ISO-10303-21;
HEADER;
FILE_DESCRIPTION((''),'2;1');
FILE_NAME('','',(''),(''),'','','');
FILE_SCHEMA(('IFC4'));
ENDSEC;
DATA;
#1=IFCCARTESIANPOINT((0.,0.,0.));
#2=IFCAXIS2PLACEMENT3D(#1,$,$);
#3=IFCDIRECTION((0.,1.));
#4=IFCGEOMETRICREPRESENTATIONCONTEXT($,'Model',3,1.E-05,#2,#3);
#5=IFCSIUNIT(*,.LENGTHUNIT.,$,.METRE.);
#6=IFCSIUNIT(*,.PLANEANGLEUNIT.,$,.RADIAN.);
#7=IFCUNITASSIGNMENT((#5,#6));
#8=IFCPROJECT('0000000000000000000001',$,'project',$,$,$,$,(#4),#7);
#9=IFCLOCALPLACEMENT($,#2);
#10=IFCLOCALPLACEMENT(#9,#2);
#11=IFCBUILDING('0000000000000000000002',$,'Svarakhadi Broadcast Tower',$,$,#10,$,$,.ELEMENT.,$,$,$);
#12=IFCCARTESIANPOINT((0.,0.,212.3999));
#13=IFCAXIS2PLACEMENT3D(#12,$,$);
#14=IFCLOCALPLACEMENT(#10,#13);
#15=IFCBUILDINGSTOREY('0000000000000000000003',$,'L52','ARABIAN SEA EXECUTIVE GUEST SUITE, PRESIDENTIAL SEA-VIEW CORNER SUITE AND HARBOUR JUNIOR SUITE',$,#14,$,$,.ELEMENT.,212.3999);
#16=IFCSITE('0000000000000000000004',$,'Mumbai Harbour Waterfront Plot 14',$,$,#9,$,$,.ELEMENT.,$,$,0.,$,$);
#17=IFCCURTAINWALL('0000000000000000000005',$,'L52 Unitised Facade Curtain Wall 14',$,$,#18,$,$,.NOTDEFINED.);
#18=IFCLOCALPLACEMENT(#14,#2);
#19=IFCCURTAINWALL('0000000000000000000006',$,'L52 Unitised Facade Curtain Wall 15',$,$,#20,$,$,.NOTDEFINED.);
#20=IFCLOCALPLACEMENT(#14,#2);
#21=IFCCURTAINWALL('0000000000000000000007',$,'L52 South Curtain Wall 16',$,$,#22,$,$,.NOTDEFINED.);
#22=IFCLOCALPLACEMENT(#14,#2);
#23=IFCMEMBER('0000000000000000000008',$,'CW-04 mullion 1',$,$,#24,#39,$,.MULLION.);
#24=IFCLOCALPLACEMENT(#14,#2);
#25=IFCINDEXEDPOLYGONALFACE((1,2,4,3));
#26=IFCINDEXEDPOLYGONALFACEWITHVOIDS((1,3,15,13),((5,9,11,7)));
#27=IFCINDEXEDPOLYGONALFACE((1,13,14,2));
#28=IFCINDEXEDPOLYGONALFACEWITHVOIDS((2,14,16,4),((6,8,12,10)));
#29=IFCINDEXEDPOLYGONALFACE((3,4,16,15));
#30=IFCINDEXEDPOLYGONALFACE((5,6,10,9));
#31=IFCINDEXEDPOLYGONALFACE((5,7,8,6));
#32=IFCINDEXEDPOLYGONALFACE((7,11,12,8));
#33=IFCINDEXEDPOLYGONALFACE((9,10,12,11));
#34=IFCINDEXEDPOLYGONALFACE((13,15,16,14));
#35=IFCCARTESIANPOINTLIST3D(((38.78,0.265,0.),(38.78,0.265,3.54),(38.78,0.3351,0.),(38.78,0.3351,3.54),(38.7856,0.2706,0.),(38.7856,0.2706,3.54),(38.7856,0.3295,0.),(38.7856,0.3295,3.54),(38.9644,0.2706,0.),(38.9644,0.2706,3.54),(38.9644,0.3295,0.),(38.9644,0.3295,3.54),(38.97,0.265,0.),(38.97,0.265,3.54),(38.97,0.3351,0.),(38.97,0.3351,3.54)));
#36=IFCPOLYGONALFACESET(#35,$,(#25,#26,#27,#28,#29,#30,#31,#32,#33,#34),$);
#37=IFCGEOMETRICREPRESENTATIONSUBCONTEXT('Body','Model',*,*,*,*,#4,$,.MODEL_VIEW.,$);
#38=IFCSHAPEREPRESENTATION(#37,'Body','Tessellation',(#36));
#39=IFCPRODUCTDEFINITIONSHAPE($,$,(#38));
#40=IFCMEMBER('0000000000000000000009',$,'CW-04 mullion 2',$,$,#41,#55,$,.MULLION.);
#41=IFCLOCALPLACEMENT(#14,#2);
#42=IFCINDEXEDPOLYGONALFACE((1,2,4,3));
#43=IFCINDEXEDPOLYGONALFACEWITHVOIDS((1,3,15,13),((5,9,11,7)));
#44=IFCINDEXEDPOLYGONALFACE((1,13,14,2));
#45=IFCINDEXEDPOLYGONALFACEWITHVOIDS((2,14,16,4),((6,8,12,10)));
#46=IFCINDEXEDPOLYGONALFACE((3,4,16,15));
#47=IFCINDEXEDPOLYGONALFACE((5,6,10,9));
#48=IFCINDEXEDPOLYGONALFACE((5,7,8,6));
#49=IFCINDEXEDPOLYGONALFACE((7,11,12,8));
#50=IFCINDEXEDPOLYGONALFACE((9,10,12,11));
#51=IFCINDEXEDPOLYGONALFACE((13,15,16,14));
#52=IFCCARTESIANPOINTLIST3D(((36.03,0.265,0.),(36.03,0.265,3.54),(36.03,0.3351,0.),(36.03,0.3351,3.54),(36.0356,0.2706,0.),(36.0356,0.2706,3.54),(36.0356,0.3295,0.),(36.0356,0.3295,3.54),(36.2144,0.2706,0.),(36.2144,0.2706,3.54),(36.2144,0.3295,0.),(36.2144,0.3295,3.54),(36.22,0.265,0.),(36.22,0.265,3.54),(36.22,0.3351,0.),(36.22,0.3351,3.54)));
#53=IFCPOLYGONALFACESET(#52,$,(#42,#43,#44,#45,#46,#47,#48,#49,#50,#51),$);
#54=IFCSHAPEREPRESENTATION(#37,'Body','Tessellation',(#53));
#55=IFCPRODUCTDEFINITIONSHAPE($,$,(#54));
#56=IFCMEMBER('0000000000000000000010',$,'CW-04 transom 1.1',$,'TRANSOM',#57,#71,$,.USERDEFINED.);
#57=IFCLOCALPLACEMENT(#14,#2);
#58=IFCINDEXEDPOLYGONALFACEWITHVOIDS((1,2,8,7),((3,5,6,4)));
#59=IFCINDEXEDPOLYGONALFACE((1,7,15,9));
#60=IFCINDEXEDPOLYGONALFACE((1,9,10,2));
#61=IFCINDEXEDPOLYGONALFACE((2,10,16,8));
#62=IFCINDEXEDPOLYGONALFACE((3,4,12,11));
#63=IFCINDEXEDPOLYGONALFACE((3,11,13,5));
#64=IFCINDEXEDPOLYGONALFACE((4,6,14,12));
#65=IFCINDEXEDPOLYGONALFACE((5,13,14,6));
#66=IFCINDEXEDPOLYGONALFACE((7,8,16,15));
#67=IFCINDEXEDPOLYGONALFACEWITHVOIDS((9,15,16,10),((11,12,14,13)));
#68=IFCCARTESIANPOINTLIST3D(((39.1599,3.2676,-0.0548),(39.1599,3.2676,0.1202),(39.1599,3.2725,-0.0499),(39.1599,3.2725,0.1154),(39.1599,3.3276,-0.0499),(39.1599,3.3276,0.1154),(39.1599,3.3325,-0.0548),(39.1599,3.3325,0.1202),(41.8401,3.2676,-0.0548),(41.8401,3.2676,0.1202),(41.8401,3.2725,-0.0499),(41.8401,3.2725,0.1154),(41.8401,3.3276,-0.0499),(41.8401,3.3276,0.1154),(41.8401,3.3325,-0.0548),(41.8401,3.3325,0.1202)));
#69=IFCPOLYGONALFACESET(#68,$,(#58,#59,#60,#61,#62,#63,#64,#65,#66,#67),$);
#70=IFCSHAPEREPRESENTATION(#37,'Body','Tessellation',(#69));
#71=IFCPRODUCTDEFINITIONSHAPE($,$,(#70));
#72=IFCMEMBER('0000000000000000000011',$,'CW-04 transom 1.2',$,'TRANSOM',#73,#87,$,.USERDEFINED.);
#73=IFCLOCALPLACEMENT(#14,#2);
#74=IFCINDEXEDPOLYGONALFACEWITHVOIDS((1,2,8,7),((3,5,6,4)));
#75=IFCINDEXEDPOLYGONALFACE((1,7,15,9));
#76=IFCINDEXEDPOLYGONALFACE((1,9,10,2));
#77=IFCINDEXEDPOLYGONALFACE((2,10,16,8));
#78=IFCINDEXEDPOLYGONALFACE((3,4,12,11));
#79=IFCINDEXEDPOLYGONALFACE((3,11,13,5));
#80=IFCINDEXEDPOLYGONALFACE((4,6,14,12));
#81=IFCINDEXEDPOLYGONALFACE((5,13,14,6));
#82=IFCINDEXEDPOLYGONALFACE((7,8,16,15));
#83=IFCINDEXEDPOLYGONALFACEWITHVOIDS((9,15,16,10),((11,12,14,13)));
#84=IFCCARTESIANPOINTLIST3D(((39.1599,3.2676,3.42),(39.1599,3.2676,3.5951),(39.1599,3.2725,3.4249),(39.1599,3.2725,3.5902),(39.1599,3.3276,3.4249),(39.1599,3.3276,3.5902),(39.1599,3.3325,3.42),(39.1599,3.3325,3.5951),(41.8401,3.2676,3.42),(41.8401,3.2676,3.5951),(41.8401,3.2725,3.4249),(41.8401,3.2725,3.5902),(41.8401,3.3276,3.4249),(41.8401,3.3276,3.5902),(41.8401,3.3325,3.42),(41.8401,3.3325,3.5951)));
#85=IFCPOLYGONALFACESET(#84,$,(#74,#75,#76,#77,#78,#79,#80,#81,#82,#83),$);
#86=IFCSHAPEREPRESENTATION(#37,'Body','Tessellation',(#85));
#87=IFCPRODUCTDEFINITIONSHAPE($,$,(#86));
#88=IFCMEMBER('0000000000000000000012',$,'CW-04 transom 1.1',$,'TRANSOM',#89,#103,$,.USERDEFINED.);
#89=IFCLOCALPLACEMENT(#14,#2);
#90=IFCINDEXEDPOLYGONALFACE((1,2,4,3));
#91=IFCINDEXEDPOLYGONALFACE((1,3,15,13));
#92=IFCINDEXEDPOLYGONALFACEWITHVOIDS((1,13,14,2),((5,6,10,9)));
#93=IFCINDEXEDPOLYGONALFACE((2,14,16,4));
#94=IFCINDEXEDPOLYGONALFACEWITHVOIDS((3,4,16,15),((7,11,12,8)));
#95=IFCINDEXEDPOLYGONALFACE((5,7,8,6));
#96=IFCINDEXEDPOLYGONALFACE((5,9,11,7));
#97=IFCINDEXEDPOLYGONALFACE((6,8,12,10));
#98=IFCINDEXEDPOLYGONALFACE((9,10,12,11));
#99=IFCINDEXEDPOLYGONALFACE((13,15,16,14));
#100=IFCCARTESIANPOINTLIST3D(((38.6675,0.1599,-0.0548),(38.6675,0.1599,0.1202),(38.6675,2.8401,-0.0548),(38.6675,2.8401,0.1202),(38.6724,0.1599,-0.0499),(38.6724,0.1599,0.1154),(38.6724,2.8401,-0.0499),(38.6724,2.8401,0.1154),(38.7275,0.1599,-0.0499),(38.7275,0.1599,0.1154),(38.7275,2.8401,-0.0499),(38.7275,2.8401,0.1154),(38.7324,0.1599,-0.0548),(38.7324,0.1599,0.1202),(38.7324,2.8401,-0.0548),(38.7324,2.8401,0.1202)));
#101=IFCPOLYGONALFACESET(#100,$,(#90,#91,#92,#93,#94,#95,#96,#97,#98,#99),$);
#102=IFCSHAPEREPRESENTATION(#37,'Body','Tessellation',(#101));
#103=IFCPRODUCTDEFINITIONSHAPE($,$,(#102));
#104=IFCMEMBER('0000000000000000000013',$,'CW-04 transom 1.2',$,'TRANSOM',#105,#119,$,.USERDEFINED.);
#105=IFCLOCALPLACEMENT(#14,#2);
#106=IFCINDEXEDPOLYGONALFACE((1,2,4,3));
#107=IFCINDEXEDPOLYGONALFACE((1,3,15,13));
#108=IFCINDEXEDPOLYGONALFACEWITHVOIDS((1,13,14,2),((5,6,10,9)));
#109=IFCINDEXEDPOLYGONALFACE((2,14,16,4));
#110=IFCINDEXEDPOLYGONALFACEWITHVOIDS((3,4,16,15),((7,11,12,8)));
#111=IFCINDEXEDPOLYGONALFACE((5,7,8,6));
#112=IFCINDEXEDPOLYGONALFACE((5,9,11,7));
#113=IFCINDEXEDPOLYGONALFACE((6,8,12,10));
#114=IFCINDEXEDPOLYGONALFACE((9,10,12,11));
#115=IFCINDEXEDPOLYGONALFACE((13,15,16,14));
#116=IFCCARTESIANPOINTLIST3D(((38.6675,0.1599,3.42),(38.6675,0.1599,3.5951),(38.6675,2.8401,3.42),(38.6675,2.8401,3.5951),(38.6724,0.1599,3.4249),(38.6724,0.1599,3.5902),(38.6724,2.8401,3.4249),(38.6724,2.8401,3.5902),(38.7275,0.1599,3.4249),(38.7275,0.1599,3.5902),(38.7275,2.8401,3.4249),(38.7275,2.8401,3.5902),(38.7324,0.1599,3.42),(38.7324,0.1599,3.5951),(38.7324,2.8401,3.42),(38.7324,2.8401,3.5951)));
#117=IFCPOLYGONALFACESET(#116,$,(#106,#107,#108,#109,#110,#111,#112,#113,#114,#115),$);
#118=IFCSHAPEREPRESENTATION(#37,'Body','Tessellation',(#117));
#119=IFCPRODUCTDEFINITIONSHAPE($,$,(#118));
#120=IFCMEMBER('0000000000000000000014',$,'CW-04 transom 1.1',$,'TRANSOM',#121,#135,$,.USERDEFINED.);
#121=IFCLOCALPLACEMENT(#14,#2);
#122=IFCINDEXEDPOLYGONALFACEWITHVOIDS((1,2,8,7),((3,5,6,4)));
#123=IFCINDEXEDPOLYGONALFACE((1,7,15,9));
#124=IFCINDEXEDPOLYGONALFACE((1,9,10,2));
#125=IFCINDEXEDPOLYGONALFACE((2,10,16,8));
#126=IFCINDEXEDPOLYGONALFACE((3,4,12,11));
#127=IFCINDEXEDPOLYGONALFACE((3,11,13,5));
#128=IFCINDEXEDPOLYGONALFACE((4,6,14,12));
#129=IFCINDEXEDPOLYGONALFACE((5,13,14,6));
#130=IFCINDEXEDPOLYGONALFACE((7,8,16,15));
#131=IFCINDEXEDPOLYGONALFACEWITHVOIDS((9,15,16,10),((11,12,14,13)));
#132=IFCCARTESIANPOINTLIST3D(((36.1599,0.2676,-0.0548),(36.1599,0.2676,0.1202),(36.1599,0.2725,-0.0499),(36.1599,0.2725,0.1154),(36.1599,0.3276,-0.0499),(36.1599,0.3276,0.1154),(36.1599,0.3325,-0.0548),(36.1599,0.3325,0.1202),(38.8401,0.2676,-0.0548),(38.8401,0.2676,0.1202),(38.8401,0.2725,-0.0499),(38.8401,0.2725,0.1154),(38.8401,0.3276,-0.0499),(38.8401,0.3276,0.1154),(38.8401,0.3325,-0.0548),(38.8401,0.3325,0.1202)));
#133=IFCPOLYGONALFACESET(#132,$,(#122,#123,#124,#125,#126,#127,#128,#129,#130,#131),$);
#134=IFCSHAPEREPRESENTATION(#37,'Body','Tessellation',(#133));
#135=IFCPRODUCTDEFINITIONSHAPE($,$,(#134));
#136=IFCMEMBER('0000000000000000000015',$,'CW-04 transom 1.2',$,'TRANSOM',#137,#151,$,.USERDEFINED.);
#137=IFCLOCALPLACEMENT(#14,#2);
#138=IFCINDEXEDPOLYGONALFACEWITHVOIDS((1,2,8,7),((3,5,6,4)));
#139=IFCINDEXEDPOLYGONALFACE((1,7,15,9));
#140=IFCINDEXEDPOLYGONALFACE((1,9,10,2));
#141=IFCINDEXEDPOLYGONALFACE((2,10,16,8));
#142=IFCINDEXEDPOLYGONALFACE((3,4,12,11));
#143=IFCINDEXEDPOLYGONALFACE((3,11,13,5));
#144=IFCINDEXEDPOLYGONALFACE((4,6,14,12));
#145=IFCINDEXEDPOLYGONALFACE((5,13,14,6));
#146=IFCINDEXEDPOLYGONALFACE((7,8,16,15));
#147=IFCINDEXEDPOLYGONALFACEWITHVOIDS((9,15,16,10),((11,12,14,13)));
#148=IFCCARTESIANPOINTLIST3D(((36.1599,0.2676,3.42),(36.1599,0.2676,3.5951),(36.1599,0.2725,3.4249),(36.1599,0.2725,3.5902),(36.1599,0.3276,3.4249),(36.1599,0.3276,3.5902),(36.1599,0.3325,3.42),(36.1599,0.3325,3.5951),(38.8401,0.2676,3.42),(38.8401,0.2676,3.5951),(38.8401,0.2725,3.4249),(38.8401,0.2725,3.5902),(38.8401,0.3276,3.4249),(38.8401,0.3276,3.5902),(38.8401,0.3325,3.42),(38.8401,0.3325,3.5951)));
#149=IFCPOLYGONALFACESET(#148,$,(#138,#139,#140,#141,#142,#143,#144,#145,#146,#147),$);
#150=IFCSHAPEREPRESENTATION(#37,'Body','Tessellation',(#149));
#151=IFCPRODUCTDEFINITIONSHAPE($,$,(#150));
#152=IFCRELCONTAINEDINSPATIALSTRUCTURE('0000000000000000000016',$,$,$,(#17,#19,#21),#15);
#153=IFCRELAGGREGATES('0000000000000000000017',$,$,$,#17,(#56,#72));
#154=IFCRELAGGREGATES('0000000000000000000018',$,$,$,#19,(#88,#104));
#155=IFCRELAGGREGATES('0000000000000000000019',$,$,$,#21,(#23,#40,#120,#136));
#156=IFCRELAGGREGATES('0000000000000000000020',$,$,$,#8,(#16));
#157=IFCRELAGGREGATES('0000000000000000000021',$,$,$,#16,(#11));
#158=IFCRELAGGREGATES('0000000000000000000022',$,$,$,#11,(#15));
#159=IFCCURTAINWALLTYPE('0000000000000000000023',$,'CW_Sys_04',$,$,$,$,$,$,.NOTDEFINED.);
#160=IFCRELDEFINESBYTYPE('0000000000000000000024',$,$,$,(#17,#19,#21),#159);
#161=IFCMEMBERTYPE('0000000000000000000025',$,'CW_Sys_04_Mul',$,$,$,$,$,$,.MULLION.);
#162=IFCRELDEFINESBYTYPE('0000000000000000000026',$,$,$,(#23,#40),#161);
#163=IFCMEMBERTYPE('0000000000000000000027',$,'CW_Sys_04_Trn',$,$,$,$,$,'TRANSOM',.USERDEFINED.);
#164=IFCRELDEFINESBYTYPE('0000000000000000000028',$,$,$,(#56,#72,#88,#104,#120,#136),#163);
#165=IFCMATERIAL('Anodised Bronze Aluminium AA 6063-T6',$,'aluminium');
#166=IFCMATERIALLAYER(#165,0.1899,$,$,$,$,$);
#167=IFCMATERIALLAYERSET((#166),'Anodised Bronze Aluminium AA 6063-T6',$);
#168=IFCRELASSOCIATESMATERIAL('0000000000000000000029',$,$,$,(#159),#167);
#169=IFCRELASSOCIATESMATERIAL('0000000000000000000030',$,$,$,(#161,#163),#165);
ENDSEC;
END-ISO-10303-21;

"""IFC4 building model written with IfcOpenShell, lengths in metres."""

from ifc_helpers import new_model, si_unit, direction, frame, origin, origin_2d, place, context, subcontext, project, spatial, hollow_rectangle, extrude, material, layer, layer_set, material_profile, profile_set, type_object, element, aggregate, save


model = new_model("IFC4")

# Units and contexts
model_context = context("Model", 3, precision=1e-05, world=origin(), true_north=direction((0.0, 1.0)))
body_context = subcontext(model_context, "Body", "Model", "MODEL_VIEW")
ifc_project = project(units=[si_unit("LENGTHUNIT", "METRE"), si_unit("PLANEANGLEUNIT", "RADIAN")], contexts=[model_context])

# Site, building, storey
site_placement = place(None, origin())
site = spatial("IfcSite", under=ifc_project, at=site_placement, Name="Mumbai Harbour Waterfront Plot 14", CompositionType="ELEMENT", RefElevation=0.0)
building_placement = place(site_placement, origin())
building = spatial("IfcBuilding", under=site, at=building_placement, Name="Svarakhadi Broadcast Tower", CompositionType="ELEMENT")
storey_placement = place(building_placement, frame((0.0, 0.0, 212.3999)))
storey = spatial("IfcBuildingStorey", under=building, at=storey_placement, Name="L52", Description="ARABIAN SEA EXECUTIVE GUEST SUITE, PRESIDENTIAL SEA-VIEW CORNER SUITE AND HARBOUR JUNIOR SUITE", CompositionType="ELEMENT", Elevation=212.3999)

# Shared definitions
ifc_material_1 = material(Name="Anodised Bronze Aluminium AA 6063-T6", Category="aluminium")
ifc_layer_1 = layer(ifc_material_1, 0.1899)
ifc_layer_set_1 = layer_set([ifc_layer_1], Name="Anodised Bronze Aluminium AA 6063-T6")
curtain_wall_type = type_object("IfcCurtainWallType", Name="CW_Sys_04", PredefinedType="NOTDEFINED", material=ifc_layer_set_1)
ifc_material_profile_1 = material_profile(ifc_material_1, hollow_rectangle(XDim=0.0701, YDim=0.1899, WallThickness=0.0056, at=origin_2d()), Name="ALU MULLION 190x70x6")
ifc_profile_set_1 = profile_set([ifc_material_profile_1], Name="Anodised Bronze Aluminium AA 6063-T6")
member_type_1 = type_object("IfcMemberType", Name="CW_Sys_04_Mul", PredefinedType="MULLION", material=ifc_profile_set_1)

# Curtain walls, members
curtain_wall_1_placement = place(storey_placement, origin())
curtain_wall_1 = element("IfcCurtainWall", 1, at=curtain_wall_1_placement, inside=storey, type_object=curtain_wall_type, Name="L52 Unitised Facade Curtain Wall 14", PredefinedType="NOTDEFINED")
curtain_wall_2_placement = place(storey_placement, origin())
curtain_wall_2 = element("IfcCurtainWall", 2, at=curtain_wall_2_placement, inside=storey, type_object=curtain_wall_type, Name="L52 Unitised Facade Curtain Wall 15", PredefinedType="NOTDEFINED")
curtain_wall_3_placement = place(storey_placement, origin())
curtain_wall_3 = element("IfcCurtainWall", 3, at=curtain_wall_3_placement, inside=storey, type_object=curtain_wall_type, Name="L52 South Curtain Wall 16", PredefinedType="NOTDEFINED")
member_1_placement = place(storey_placement, frame((38.875, 0.3, 0.0), z_axis=(0.0, 0.0, 1.0), x_axis=(0.0, -1.0, 0.0)))
member_1 = element("IfcMember", 4, at=member_1_placement, type_object=member_type_1, Name="CW-04 mullion 1", PredefinedType="MULLION", context=body_context, shape_type="SweptSolid", body=[
    extrude(hollow_rectangle(XDim=0.0701, YDim=0.1899, WallThickness=0.0056, at=origin_2d()), origin(), (0.0, 0.0, 1.0), 3.54),
])
member_2_placement = place(storey_placement, frame((36.125, 0.3, 0.0), z_axis=(0.0, 0.0, 1.0), x_axis=(0.0, -1.0, 0.0)))
member_2 = element("IfcMember", 5, at=member_2_placement, type_object=member_type_1, Name="CW-04 mullion 2", PredefinedType="MULLION", context=body_context, shape_type="SweptSolid", body=[
    extrude(hollow_rectangle(XDim=0.0701, YDim=0.1899, WallThickness=0.0056, at=origin_2d()), origin(), (0.0, 0.0, 1.0), 3.54),
])

# Members
ifc_material_profile_2 = material_profile(ifc_material_1, hollow_rectangle(XDim=0.0649, YDim=0.175, WallThickness=0.0049, at=origin_2d()), Name="ALU TRANSOM 175x65x5")
ifc_profile_set_2 = profile_set([ifc_material_profile_2], Name="Anodised Bronze Aluminium AA 6063-T6")
member_type_2 = type_object("IfcMemberType", Name="CW_Sys_04_Trn", ElementType="TRANSOM", PredefinedType="USERDEFINED", material=ifc_profile_set_2)
member_3_placement = place(storey_placement, frame((41.8401, 3.3, 0.0327), z_axis=(-1.0, 0.0, 0.0), x_axis=(0.0, -1.0, 0.0)))
member_3 = element("IfcMember", 6, at=member_3_placement, type_object=member_type_2, Name="CW-04 transom 1.1", ObjectType="TRANSOM", PredefinedType="USERDEFINED", context=body_context, shape_type="SweptSolid", body=[
    extrude(hollow_rectangle(XDim=0.0649, YDim=0.175, WallThickness=0.0049, at=origin_2d()), origin(), (0.0, 0.0, 1.0), 2.6802),
])
member_4_placement = place(storey_placement, frame((41.8401, 3.3, 3.5076), z_axis=(-1.0, 0.0, 0.0), x_axis=(0.0, -1.0, 0.0)))
member_4 = element("IfcMember", 7, at=member_4_placement, type_object=member_type_2, Name="CW-04 transom 1.2", ObjectType="TRANSOM", PredefinedType="USERDEFINED", context=body_context, shape_type="SweptSolid", body=[
    extrude(hollow_rectangle(XDim=0.0649, YDim=0.175, WallThickness=0.0049, at=origin_2d()), origin(), (0.0, 0.0, 1.0), 2.6802),
])
member_5_placement = place(storey_placement, frame((38.7, 2.8401, 0.0327), z_axis=(0.0, -1.0, 0.0), x_axis=(1.0, 0.0, 0.0)))
member_5 = element("IfcMember", 8, at=member_5_placement, type_object=member_type_2, Name="CW-04 transom 1.1", ObjectType="TRANSOM", PredefinedType="USERDEFINED", context=body_context, shape_type="SweptSolid", body=[
    extrude(hollow_rectangle(XDim=0.0649, YDim=0.175, WallThickness=0.0049, at=origin_2d()), origin(), (0.0, 0.0, 1.0), 2.6802),
])
member_6_placement = place(storey_placement, frame((38.7, 2.8401, 3.5076), z_axis=(0.0, -1.0, 0.0), x_axis=(1.0, 0.0, 0.0)))
member_6 = element("IfcMember", 9, at=member_6_placement, type_object=member_type_2, Name="CW-04 transom 1.2", ObjectType="TRANSOM", PredefinedType="USERDEFINED", context=body_context, shape_type="SweptSolid", body=[
    extrude(hollow_rectangle(XDim=0.0649, YDim=0.175, WallThickness=0.0049, at=origin_2d()), origin(), (0.0, 0.0, 1.0), 2.6802),
])
member_7_placement = place(storey_placement, frame((38.8401, 0.3, 0.0327), z_axis=(-1.0, 0.0, 0.0), x_axis=(0.0, -1.0, 0.0)))
member_7 = element("IfcMember", 10, at=member_7_placement, type_object=member_type_2, Name="CW-04 transom 1.1", ObjectType="TRANSOM", PredefinedType="USERDEFINED", context=body_context, shape_type="SweptSolid", body=[
    extrude(hollow_rectangle(XDim=0.0649, YDim=0.175, WallThickness=0.0049, at=origin_2d()), origin(), (0.0, 0.0, 1.0), 2.6802),
])
member_8_placement = place(storey_placement, frame((38.8401, 0.3, 3.5076), z_axis=(-1.0, 0.0, 0.0), x_axis=(0.0, -1.0, 0.0)))
member_8 = element("IfcMember", 11, at=member_8_placement, type_object=member_type_2, Name="CW-04 transom 1.2", ObjectType="TRANSOM", PredefinedType="USERDEFINED", context=body_context, shape_type="SweptSolid", body=[
    extrude(hollow_rectangle(XDim=0.0649, YDim=0.175, WallThickness=0.0049, at=origin_2d()), origin(), (0.0, 0.0, 1.0), 2.6802),
])

aggregate(curtain_wall_1, [member_3, member_4])
aggregate(curtain_wall_2, [member_5, member_6])
aggregate(curtain_wall_3, [member_1, member_2, member_7, member_8])

save(model, "model.ifc")
